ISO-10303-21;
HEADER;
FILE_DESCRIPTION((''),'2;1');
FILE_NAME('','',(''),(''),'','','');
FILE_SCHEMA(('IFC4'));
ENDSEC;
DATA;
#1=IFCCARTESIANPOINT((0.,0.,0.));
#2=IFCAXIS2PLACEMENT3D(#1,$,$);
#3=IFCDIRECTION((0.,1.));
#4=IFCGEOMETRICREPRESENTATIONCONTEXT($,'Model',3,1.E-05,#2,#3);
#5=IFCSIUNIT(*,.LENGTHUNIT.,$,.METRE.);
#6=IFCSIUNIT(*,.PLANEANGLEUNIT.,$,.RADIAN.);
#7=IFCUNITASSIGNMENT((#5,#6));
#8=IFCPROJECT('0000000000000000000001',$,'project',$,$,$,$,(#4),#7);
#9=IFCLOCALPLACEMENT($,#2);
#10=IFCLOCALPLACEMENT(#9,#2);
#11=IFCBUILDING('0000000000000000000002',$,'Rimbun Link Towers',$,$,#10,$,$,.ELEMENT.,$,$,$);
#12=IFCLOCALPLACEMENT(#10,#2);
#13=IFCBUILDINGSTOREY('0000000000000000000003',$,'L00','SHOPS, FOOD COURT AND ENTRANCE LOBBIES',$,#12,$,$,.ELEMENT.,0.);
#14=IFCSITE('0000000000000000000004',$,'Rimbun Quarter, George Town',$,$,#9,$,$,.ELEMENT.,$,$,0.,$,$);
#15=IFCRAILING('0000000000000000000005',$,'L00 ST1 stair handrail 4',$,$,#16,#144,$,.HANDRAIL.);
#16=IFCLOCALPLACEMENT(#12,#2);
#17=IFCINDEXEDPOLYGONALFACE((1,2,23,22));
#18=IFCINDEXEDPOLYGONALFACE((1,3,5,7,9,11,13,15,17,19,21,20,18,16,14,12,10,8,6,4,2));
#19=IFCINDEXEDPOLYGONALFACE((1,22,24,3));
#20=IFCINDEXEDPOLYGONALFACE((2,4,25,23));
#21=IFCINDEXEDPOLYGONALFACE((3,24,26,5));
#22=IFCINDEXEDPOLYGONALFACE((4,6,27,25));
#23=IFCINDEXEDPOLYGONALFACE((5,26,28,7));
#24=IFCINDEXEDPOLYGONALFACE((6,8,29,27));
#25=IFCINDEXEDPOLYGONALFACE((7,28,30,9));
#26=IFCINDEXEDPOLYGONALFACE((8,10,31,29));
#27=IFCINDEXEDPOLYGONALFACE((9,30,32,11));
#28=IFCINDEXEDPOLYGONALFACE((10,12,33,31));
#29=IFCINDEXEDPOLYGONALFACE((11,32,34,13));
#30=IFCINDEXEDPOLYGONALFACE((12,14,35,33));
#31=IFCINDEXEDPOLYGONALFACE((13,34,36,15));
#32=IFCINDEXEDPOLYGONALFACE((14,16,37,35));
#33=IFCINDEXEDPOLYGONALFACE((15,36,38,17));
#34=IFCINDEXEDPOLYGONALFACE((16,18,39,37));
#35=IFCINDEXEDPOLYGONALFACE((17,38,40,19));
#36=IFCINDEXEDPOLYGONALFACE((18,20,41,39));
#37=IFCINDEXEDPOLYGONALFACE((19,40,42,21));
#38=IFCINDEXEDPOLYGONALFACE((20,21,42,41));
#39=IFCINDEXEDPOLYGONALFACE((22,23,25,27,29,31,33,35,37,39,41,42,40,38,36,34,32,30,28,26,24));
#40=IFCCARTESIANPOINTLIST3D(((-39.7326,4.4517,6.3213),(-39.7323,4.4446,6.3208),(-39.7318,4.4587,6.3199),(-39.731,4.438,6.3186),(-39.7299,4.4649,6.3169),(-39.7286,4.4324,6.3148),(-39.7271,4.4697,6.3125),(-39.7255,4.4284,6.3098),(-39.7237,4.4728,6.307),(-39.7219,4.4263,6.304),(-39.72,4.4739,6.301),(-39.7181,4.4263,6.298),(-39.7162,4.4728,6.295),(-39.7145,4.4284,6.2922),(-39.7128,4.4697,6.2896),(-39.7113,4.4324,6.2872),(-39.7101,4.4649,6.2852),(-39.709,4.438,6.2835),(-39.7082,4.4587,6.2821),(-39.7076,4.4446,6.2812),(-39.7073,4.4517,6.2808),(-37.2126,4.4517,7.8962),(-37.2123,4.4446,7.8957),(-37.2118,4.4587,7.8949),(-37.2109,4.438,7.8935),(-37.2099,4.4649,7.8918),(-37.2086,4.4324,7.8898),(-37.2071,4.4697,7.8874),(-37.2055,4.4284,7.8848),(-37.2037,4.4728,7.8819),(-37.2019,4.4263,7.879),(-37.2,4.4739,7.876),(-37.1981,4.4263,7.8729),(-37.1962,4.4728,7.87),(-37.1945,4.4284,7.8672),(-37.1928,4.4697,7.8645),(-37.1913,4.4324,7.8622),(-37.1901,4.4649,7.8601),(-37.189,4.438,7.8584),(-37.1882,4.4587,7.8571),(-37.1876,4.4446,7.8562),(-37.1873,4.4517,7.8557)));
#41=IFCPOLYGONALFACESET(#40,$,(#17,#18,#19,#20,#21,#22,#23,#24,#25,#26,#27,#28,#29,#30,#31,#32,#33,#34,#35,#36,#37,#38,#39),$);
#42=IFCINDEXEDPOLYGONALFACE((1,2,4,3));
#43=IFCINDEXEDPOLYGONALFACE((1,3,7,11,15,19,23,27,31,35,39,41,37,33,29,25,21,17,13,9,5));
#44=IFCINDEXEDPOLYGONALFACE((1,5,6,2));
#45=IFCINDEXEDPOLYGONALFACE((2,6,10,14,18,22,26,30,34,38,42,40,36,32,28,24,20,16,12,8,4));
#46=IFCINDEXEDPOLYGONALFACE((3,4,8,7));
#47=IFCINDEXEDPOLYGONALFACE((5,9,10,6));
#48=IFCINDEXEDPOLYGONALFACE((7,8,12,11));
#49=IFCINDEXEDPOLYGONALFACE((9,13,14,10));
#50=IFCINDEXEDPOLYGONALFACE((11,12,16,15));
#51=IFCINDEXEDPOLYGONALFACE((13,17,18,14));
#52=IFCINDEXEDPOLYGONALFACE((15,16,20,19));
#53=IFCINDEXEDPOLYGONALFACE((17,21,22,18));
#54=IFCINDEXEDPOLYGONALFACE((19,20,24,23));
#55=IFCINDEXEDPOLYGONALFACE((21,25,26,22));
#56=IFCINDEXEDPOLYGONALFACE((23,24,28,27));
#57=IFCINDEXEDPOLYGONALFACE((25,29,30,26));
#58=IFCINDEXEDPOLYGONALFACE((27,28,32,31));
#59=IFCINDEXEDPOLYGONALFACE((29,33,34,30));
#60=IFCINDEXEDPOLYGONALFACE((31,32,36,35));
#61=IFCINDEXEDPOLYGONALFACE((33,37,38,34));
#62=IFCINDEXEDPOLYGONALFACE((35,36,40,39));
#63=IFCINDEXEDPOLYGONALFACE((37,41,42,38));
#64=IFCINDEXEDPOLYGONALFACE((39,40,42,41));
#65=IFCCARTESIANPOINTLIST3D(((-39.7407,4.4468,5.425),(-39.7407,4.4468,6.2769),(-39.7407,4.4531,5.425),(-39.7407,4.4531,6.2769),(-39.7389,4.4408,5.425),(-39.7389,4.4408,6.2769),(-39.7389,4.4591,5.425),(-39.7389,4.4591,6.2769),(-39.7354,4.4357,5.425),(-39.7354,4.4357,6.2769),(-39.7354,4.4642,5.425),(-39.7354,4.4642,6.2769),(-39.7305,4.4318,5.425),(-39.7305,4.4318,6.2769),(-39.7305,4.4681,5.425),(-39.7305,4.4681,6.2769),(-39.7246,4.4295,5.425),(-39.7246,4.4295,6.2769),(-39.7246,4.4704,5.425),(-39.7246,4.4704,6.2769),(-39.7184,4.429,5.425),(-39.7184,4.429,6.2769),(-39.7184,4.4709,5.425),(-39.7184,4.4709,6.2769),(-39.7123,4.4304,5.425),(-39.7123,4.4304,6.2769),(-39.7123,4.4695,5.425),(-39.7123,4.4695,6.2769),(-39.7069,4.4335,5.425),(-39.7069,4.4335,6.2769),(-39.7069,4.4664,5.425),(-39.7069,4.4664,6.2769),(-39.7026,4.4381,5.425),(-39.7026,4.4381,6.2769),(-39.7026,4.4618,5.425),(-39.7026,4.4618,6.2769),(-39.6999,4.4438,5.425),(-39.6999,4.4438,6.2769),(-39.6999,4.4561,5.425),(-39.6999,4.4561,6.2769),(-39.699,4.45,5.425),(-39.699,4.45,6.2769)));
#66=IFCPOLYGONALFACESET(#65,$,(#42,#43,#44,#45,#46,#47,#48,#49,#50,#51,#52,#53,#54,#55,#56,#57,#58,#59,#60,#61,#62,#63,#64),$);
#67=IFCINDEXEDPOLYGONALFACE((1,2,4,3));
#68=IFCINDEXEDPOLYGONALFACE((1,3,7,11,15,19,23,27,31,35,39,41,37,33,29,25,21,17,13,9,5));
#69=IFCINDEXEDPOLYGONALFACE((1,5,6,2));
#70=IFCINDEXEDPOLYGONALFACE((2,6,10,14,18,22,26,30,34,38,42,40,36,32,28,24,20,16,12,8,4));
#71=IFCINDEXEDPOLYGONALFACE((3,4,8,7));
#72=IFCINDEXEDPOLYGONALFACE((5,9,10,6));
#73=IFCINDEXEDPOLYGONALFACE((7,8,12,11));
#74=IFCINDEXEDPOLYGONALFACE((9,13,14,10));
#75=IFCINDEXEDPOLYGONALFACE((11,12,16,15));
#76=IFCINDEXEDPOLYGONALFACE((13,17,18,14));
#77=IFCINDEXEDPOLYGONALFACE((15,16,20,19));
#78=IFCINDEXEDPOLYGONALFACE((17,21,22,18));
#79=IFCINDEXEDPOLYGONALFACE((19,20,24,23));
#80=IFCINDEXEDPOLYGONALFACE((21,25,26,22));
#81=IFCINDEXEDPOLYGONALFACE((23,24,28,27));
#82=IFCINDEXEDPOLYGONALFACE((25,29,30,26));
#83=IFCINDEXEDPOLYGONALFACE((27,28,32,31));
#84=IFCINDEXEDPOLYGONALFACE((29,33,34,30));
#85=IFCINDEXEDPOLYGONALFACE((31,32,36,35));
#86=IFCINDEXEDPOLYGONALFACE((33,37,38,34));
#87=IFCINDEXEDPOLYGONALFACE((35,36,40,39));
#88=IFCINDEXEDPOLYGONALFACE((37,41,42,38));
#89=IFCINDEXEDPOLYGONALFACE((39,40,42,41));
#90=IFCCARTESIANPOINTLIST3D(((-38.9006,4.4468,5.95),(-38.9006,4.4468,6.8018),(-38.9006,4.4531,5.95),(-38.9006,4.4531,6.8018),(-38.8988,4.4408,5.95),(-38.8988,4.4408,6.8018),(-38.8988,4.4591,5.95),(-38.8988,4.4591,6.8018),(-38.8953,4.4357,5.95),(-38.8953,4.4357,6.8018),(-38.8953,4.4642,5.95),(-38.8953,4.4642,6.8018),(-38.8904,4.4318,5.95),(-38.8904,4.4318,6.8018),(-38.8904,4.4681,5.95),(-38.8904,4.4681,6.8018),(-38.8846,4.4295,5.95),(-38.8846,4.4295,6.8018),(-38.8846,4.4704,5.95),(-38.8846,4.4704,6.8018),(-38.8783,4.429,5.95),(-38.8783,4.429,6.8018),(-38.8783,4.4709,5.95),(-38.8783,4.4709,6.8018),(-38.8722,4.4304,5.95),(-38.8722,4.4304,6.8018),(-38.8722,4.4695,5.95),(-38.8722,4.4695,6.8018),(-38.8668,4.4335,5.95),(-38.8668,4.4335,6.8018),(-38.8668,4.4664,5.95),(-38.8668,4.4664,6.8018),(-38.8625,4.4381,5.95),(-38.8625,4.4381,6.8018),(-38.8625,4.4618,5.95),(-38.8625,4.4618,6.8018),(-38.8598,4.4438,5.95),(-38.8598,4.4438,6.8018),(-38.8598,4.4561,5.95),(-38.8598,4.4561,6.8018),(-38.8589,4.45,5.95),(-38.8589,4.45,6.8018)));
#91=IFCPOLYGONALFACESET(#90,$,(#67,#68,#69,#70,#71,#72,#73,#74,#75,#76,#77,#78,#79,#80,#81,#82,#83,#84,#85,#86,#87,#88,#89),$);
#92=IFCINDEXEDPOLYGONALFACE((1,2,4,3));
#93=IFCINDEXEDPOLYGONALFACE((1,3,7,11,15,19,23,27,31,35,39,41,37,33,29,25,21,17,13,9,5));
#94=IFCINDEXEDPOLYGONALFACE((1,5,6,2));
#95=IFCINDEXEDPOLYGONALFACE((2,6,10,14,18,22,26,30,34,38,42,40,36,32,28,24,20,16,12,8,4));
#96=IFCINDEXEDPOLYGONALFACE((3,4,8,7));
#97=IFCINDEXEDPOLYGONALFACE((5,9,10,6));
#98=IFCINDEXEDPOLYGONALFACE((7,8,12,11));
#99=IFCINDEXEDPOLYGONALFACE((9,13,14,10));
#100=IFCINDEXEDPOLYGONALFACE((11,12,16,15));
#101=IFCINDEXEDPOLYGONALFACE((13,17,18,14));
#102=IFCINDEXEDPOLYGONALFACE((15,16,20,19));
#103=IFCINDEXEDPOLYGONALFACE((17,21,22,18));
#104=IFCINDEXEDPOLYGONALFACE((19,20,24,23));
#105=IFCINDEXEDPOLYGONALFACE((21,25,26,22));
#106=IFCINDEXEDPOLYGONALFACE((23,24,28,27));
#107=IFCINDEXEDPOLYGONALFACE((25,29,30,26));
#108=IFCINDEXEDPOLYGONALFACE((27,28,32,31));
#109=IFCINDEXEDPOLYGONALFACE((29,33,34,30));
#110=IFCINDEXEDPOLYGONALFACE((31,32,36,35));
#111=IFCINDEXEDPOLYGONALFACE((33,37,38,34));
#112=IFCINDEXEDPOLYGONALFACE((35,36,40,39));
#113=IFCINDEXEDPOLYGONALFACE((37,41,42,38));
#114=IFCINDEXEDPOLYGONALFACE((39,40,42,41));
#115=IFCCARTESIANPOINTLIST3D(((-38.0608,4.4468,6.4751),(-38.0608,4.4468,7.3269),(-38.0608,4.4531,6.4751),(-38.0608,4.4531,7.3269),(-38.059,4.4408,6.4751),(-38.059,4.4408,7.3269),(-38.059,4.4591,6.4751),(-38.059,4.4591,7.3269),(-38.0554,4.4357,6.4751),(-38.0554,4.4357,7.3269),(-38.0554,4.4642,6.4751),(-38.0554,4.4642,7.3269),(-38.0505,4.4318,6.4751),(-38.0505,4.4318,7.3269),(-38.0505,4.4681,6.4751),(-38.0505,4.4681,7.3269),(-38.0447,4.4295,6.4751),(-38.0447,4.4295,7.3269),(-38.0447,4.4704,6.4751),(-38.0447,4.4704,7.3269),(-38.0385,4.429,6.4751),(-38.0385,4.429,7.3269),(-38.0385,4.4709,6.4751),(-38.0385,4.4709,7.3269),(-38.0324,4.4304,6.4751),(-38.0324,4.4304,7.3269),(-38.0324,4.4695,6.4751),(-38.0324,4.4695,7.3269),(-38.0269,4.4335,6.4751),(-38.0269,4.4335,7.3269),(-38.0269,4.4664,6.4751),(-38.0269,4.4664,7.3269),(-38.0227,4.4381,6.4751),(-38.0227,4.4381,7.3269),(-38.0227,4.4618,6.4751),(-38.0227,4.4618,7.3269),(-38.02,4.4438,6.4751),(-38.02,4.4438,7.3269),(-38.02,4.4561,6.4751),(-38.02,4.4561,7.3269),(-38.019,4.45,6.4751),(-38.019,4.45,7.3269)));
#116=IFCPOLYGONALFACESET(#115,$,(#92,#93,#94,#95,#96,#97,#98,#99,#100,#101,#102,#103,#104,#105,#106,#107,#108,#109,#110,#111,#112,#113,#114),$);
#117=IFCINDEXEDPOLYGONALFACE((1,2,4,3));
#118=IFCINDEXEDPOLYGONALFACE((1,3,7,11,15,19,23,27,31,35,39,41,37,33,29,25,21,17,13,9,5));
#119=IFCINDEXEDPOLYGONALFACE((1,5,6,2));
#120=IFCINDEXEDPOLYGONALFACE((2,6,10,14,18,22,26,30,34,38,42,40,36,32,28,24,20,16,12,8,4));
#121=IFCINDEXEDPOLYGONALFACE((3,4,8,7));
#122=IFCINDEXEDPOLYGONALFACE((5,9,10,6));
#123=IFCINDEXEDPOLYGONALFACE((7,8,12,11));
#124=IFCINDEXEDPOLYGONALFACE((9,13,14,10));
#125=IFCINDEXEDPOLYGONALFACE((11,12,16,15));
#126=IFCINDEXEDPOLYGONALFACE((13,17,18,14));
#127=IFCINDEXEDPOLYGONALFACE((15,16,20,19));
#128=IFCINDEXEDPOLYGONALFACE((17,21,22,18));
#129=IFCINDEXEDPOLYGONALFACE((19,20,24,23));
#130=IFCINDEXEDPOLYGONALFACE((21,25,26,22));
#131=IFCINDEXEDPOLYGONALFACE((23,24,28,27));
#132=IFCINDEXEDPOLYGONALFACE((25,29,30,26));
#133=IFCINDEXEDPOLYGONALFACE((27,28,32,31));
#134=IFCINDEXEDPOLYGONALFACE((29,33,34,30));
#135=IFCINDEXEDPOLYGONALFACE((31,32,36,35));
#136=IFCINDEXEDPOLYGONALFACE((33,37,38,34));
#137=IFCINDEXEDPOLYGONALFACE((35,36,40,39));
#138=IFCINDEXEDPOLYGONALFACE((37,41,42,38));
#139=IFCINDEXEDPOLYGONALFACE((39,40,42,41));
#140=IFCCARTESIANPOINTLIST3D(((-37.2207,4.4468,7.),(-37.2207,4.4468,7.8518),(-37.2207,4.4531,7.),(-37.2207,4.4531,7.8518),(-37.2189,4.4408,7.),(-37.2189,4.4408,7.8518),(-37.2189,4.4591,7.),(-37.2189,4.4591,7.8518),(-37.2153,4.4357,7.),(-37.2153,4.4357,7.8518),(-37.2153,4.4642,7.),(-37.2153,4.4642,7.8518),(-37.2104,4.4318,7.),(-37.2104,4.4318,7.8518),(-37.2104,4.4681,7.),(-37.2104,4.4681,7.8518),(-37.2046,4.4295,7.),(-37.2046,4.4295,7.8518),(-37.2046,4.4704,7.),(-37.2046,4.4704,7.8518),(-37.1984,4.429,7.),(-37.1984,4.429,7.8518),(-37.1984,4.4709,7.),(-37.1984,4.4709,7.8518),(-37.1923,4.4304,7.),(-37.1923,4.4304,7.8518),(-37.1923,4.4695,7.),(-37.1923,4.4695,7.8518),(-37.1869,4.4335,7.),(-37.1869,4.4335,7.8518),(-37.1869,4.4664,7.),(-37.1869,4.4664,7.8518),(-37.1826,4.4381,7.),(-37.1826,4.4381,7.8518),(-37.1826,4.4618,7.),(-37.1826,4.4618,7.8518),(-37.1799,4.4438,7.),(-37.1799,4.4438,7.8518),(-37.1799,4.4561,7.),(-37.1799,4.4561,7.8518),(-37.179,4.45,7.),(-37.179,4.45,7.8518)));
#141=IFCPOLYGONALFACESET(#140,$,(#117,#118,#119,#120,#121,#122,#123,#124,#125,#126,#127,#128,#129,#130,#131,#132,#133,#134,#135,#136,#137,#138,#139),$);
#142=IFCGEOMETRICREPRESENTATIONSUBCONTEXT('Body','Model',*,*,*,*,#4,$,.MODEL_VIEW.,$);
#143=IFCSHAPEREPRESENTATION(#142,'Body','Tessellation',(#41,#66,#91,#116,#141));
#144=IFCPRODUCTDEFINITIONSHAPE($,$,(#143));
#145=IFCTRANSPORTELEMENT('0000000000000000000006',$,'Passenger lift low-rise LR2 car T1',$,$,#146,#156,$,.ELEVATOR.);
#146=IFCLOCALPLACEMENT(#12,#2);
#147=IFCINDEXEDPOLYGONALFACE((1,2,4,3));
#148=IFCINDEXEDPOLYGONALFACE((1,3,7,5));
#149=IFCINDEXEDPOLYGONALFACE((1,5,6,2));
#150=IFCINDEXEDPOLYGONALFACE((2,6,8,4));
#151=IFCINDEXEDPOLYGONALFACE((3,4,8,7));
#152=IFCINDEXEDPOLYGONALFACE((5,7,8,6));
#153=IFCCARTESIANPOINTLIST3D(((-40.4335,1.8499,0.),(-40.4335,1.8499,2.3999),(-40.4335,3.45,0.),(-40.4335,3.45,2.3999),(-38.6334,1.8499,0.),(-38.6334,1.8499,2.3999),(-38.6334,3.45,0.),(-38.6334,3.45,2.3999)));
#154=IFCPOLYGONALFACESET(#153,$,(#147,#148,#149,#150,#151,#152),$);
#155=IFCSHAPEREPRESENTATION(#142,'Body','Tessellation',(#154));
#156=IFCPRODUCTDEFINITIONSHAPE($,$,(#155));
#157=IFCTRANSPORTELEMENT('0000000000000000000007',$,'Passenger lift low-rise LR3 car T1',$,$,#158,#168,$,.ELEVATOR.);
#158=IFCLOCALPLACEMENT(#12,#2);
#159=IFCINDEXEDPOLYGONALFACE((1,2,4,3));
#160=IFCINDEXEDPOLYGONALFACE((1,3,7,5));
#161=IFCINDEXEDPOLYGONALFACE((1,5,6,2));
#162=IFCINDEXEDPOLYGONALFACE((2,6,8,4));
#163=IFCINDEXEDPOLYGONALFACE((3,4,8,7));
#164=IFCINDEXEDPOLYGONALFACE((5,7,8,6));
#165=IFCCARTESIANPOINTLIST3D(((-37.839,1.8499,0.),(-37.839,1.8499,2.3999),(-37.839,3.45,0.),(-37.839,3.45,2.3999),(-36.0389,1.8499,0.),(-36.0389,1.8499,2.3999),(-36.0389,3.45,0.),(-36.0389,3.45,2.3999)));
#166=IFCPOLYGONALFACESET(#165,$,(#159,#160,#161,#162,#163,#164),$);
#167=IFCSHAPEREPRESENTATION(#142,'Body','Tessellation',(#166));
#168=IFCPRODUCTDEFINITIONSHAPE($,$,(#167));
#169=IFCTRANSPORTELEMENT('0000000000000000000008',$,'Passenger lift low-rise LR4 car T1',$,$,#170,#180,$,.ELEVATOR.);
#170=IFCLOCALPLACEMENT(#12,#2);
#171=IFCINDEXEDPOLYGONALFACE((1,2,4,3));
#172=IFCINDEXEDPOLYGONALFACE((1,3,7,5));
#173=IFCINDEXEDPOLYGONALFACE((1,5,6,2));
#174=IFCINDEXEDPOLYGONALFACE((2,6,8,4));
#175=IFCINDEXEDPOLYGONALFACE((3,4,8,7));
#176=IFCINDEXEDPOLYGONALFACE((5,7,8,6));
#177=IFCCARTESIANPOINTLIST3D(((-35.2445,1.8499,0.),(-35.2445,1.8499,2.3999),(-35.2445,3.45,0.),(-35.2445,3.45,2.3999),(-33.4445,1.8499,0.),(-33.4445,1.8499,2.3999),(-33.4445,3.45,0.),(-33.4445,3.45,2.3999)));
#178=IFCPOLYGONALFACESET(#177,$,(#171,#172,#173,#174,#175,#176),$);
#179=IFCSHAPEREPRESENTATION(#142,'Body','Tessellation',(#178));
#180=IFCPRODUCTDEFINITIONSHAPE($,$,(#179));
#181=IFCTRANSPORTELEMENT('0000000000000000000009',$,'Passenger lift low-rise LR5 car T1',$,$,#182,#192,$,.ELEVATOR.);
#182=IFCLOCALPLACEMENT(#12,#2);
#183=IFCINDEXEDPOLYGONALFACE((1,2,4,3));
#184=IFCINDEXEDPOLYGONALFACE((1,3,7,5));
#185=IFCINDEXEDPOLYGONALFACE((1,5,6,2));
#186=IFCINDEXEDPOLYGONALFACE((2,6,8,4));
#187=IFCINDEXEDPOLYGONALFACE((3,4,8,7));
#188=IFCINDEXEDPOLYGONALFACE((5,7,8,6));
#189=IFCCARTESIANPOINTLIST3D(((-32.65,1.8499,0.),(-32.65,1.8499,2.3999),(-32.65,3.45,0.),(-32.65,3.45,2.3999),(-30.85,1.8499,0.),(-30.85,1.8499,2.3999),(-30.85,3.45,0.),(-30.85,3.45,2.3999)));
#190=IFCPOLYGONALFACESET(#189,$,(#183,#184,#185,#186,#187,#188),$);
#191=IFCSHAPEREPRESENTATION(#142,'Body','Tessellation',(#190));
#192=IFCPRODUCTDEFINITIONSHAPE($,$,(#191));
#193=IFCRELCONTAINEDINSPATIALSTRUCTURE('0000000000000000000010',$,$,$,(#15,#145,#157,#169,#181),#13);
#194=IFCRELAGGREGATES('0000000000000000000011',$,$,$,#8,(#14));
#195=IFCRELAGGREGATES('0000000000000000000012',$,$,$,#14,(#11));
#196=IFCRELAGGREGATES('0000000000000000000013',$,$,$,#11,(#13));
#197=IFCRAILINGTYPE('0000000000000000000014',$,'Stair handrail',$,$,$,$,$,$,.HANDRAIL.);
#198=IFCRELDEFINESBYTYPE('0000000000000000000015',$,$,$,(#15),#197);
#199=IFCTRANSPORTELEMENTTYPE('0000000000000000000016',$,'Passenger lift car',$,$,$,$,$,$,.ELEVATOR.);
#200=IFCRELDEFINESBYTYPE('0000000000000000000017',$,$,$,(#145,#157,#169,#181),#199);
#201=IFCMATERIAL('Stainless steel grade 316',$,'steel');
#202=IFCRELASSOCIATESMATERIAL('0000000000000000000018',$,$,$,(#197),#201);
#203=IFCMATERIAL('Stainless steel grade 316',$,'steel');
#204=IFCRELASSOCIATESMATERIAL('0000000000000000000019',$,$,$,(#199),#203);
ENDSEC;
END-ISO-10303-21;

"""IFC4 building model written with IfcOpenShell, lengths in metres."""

from ifc_helpers import new_model, si_unit, direction, frame, origin, origin_2d, place, context, subcontext, project, spatial, rectangle, circle, extrude, material, type_object, element, save


model = new_model("IFC4")

# Units and contexts
model_context = context("Model", 3, precision=1e-05, world=origin(), true_north=direction((0.0, 1.0)))
body_context = subcontext(model_context, "Body", "Model", "MODEL_VIEW")
ifc_project = project(units=[si_unit("LENGTHUNIT", "METRE"), si_unit("PLANEANGLEUNIT", "RADIAN")], contexts=[model_context])

# Site, building, storey
site_placement = place(None, origin())
site = spatial("IfcSite", under=ifc_project, at=site_placement, Name="Rimbun Quarter, George Town", CompositionType="ELEMENT", RefElevation=0.0)
building_placement = place(site_placement, origin())
building = spatial("IfcBuilding", under=site, at=building_placement, Name="Rimbun Link Towers", CompositionType="ELEMENT")
storey_placement = place(building_placement, origin())
storey = spatial("IfcBuildingStorey", under=building, at=storey_placement, Name="L00", Description="SHOPS, FOOD COURT AND ENTRANCE LOBBIES", CompositionType="ELEMENT", Elevation=0.0)

# Railing
ifc_material_1 = material(Name="Stainless steel grade 316", Category="steel")
railing_type = type_object("IfcRailingType", Name="Stair handrail", PredefinedType="HANDRAIL", material=ifc_material_1)
for number, where, name in (
    (1, (-39.72, 4.45, 5.425), "L00 ST1 stair handrail 4"),
):
    element("IfcRailing", number, at=place(storey_placement, frame(where)), inside=storey, type_object=railing_type, Name=name, PredefinedType="HANDRAIL", context=body_context, shape_type="SweptSolid", body=[
        extrude(circle(Radius=0.0239, at=origin_2d()), frame((0.0, 0.0, 0.876), z_axis=(0.848008, 0.0, 0.529984), x_axis=(0.0, 1.0, 0.0)), (0.0, 0.0, 1.0), 2.9717),
        extrude(circle(Radius=0.021, at=origin_2d()), origin(), (0.0, 0.0, 1.0), 0.8518),
        extrude(circle(Radius=0.021, at=origin_2d()), frame((0.8401, 0.0, 0.5249)), (0.0, 0.0, 1.0), 0.8518),
        extrude(circle(Radius=0.021, at=origin_2d()), frame((1.6799, 0.0, 1.05)), (0.0, 0.0, 1.0), 0.8518),
        extrude(circle(Radius=0.021, at=origin_2d()), frame((2.52, 0.0, 1.575)), (0.0, 0.0, 1.0), 0.8518),
    ])

# Transport elements
ifc_material_2 = material(Name="Stainless steel grade 316", Category="steel")
transport_element_type = type_object("IfcTransportElementType", Name="Passenger lift car", PredefinedType="ELEVATOR", material=ifc_material_2)
for number, where, z_axis, x_axis, name in (
    (2, (-39.5334, 2.6499, 0.0), (0.0, 0.0, 1.0), (1.0, 0.0, 0.0), "Passenger lift low-rise LR2 car T1"),
    (3, (-36.939, 2.6499, 0.0), (0.0, 0.0, 1.0), (1.0, 0.0, 0.0), "Passenger lift low-rise LR3 car T1"),
    (4, (-34.3445, 2.6499, 0.0), (0.0, 0.0, 1.0), (1.0, 0.0, 0.0), "Passenger lift low-rise LR4 car T1"),
    (5, (-31.75, 2.6499, 0.0), (0.0, 0.0, 1.0), (1.0, 0.0, 0.0), "Passenger lift low-rise LR5 car T1"),
):
    element("IfcTransportElement", number, at=place(storey_placement, frame(where, z_axis=z_axis, x_axis=x_axis)), inside=storey, type_object=transport_element_type, Name=name, PredefinedType="ELEVATOR", context=body_context, shape_type="SweptSolid", body=[
        extrude(rectangle(XDim=1.8, YDim=1.6001, at=origin_2d()), origin(), (0.0, 0.0, 1.0), 2.3999),
    ])

save(model, "model.ifc")
